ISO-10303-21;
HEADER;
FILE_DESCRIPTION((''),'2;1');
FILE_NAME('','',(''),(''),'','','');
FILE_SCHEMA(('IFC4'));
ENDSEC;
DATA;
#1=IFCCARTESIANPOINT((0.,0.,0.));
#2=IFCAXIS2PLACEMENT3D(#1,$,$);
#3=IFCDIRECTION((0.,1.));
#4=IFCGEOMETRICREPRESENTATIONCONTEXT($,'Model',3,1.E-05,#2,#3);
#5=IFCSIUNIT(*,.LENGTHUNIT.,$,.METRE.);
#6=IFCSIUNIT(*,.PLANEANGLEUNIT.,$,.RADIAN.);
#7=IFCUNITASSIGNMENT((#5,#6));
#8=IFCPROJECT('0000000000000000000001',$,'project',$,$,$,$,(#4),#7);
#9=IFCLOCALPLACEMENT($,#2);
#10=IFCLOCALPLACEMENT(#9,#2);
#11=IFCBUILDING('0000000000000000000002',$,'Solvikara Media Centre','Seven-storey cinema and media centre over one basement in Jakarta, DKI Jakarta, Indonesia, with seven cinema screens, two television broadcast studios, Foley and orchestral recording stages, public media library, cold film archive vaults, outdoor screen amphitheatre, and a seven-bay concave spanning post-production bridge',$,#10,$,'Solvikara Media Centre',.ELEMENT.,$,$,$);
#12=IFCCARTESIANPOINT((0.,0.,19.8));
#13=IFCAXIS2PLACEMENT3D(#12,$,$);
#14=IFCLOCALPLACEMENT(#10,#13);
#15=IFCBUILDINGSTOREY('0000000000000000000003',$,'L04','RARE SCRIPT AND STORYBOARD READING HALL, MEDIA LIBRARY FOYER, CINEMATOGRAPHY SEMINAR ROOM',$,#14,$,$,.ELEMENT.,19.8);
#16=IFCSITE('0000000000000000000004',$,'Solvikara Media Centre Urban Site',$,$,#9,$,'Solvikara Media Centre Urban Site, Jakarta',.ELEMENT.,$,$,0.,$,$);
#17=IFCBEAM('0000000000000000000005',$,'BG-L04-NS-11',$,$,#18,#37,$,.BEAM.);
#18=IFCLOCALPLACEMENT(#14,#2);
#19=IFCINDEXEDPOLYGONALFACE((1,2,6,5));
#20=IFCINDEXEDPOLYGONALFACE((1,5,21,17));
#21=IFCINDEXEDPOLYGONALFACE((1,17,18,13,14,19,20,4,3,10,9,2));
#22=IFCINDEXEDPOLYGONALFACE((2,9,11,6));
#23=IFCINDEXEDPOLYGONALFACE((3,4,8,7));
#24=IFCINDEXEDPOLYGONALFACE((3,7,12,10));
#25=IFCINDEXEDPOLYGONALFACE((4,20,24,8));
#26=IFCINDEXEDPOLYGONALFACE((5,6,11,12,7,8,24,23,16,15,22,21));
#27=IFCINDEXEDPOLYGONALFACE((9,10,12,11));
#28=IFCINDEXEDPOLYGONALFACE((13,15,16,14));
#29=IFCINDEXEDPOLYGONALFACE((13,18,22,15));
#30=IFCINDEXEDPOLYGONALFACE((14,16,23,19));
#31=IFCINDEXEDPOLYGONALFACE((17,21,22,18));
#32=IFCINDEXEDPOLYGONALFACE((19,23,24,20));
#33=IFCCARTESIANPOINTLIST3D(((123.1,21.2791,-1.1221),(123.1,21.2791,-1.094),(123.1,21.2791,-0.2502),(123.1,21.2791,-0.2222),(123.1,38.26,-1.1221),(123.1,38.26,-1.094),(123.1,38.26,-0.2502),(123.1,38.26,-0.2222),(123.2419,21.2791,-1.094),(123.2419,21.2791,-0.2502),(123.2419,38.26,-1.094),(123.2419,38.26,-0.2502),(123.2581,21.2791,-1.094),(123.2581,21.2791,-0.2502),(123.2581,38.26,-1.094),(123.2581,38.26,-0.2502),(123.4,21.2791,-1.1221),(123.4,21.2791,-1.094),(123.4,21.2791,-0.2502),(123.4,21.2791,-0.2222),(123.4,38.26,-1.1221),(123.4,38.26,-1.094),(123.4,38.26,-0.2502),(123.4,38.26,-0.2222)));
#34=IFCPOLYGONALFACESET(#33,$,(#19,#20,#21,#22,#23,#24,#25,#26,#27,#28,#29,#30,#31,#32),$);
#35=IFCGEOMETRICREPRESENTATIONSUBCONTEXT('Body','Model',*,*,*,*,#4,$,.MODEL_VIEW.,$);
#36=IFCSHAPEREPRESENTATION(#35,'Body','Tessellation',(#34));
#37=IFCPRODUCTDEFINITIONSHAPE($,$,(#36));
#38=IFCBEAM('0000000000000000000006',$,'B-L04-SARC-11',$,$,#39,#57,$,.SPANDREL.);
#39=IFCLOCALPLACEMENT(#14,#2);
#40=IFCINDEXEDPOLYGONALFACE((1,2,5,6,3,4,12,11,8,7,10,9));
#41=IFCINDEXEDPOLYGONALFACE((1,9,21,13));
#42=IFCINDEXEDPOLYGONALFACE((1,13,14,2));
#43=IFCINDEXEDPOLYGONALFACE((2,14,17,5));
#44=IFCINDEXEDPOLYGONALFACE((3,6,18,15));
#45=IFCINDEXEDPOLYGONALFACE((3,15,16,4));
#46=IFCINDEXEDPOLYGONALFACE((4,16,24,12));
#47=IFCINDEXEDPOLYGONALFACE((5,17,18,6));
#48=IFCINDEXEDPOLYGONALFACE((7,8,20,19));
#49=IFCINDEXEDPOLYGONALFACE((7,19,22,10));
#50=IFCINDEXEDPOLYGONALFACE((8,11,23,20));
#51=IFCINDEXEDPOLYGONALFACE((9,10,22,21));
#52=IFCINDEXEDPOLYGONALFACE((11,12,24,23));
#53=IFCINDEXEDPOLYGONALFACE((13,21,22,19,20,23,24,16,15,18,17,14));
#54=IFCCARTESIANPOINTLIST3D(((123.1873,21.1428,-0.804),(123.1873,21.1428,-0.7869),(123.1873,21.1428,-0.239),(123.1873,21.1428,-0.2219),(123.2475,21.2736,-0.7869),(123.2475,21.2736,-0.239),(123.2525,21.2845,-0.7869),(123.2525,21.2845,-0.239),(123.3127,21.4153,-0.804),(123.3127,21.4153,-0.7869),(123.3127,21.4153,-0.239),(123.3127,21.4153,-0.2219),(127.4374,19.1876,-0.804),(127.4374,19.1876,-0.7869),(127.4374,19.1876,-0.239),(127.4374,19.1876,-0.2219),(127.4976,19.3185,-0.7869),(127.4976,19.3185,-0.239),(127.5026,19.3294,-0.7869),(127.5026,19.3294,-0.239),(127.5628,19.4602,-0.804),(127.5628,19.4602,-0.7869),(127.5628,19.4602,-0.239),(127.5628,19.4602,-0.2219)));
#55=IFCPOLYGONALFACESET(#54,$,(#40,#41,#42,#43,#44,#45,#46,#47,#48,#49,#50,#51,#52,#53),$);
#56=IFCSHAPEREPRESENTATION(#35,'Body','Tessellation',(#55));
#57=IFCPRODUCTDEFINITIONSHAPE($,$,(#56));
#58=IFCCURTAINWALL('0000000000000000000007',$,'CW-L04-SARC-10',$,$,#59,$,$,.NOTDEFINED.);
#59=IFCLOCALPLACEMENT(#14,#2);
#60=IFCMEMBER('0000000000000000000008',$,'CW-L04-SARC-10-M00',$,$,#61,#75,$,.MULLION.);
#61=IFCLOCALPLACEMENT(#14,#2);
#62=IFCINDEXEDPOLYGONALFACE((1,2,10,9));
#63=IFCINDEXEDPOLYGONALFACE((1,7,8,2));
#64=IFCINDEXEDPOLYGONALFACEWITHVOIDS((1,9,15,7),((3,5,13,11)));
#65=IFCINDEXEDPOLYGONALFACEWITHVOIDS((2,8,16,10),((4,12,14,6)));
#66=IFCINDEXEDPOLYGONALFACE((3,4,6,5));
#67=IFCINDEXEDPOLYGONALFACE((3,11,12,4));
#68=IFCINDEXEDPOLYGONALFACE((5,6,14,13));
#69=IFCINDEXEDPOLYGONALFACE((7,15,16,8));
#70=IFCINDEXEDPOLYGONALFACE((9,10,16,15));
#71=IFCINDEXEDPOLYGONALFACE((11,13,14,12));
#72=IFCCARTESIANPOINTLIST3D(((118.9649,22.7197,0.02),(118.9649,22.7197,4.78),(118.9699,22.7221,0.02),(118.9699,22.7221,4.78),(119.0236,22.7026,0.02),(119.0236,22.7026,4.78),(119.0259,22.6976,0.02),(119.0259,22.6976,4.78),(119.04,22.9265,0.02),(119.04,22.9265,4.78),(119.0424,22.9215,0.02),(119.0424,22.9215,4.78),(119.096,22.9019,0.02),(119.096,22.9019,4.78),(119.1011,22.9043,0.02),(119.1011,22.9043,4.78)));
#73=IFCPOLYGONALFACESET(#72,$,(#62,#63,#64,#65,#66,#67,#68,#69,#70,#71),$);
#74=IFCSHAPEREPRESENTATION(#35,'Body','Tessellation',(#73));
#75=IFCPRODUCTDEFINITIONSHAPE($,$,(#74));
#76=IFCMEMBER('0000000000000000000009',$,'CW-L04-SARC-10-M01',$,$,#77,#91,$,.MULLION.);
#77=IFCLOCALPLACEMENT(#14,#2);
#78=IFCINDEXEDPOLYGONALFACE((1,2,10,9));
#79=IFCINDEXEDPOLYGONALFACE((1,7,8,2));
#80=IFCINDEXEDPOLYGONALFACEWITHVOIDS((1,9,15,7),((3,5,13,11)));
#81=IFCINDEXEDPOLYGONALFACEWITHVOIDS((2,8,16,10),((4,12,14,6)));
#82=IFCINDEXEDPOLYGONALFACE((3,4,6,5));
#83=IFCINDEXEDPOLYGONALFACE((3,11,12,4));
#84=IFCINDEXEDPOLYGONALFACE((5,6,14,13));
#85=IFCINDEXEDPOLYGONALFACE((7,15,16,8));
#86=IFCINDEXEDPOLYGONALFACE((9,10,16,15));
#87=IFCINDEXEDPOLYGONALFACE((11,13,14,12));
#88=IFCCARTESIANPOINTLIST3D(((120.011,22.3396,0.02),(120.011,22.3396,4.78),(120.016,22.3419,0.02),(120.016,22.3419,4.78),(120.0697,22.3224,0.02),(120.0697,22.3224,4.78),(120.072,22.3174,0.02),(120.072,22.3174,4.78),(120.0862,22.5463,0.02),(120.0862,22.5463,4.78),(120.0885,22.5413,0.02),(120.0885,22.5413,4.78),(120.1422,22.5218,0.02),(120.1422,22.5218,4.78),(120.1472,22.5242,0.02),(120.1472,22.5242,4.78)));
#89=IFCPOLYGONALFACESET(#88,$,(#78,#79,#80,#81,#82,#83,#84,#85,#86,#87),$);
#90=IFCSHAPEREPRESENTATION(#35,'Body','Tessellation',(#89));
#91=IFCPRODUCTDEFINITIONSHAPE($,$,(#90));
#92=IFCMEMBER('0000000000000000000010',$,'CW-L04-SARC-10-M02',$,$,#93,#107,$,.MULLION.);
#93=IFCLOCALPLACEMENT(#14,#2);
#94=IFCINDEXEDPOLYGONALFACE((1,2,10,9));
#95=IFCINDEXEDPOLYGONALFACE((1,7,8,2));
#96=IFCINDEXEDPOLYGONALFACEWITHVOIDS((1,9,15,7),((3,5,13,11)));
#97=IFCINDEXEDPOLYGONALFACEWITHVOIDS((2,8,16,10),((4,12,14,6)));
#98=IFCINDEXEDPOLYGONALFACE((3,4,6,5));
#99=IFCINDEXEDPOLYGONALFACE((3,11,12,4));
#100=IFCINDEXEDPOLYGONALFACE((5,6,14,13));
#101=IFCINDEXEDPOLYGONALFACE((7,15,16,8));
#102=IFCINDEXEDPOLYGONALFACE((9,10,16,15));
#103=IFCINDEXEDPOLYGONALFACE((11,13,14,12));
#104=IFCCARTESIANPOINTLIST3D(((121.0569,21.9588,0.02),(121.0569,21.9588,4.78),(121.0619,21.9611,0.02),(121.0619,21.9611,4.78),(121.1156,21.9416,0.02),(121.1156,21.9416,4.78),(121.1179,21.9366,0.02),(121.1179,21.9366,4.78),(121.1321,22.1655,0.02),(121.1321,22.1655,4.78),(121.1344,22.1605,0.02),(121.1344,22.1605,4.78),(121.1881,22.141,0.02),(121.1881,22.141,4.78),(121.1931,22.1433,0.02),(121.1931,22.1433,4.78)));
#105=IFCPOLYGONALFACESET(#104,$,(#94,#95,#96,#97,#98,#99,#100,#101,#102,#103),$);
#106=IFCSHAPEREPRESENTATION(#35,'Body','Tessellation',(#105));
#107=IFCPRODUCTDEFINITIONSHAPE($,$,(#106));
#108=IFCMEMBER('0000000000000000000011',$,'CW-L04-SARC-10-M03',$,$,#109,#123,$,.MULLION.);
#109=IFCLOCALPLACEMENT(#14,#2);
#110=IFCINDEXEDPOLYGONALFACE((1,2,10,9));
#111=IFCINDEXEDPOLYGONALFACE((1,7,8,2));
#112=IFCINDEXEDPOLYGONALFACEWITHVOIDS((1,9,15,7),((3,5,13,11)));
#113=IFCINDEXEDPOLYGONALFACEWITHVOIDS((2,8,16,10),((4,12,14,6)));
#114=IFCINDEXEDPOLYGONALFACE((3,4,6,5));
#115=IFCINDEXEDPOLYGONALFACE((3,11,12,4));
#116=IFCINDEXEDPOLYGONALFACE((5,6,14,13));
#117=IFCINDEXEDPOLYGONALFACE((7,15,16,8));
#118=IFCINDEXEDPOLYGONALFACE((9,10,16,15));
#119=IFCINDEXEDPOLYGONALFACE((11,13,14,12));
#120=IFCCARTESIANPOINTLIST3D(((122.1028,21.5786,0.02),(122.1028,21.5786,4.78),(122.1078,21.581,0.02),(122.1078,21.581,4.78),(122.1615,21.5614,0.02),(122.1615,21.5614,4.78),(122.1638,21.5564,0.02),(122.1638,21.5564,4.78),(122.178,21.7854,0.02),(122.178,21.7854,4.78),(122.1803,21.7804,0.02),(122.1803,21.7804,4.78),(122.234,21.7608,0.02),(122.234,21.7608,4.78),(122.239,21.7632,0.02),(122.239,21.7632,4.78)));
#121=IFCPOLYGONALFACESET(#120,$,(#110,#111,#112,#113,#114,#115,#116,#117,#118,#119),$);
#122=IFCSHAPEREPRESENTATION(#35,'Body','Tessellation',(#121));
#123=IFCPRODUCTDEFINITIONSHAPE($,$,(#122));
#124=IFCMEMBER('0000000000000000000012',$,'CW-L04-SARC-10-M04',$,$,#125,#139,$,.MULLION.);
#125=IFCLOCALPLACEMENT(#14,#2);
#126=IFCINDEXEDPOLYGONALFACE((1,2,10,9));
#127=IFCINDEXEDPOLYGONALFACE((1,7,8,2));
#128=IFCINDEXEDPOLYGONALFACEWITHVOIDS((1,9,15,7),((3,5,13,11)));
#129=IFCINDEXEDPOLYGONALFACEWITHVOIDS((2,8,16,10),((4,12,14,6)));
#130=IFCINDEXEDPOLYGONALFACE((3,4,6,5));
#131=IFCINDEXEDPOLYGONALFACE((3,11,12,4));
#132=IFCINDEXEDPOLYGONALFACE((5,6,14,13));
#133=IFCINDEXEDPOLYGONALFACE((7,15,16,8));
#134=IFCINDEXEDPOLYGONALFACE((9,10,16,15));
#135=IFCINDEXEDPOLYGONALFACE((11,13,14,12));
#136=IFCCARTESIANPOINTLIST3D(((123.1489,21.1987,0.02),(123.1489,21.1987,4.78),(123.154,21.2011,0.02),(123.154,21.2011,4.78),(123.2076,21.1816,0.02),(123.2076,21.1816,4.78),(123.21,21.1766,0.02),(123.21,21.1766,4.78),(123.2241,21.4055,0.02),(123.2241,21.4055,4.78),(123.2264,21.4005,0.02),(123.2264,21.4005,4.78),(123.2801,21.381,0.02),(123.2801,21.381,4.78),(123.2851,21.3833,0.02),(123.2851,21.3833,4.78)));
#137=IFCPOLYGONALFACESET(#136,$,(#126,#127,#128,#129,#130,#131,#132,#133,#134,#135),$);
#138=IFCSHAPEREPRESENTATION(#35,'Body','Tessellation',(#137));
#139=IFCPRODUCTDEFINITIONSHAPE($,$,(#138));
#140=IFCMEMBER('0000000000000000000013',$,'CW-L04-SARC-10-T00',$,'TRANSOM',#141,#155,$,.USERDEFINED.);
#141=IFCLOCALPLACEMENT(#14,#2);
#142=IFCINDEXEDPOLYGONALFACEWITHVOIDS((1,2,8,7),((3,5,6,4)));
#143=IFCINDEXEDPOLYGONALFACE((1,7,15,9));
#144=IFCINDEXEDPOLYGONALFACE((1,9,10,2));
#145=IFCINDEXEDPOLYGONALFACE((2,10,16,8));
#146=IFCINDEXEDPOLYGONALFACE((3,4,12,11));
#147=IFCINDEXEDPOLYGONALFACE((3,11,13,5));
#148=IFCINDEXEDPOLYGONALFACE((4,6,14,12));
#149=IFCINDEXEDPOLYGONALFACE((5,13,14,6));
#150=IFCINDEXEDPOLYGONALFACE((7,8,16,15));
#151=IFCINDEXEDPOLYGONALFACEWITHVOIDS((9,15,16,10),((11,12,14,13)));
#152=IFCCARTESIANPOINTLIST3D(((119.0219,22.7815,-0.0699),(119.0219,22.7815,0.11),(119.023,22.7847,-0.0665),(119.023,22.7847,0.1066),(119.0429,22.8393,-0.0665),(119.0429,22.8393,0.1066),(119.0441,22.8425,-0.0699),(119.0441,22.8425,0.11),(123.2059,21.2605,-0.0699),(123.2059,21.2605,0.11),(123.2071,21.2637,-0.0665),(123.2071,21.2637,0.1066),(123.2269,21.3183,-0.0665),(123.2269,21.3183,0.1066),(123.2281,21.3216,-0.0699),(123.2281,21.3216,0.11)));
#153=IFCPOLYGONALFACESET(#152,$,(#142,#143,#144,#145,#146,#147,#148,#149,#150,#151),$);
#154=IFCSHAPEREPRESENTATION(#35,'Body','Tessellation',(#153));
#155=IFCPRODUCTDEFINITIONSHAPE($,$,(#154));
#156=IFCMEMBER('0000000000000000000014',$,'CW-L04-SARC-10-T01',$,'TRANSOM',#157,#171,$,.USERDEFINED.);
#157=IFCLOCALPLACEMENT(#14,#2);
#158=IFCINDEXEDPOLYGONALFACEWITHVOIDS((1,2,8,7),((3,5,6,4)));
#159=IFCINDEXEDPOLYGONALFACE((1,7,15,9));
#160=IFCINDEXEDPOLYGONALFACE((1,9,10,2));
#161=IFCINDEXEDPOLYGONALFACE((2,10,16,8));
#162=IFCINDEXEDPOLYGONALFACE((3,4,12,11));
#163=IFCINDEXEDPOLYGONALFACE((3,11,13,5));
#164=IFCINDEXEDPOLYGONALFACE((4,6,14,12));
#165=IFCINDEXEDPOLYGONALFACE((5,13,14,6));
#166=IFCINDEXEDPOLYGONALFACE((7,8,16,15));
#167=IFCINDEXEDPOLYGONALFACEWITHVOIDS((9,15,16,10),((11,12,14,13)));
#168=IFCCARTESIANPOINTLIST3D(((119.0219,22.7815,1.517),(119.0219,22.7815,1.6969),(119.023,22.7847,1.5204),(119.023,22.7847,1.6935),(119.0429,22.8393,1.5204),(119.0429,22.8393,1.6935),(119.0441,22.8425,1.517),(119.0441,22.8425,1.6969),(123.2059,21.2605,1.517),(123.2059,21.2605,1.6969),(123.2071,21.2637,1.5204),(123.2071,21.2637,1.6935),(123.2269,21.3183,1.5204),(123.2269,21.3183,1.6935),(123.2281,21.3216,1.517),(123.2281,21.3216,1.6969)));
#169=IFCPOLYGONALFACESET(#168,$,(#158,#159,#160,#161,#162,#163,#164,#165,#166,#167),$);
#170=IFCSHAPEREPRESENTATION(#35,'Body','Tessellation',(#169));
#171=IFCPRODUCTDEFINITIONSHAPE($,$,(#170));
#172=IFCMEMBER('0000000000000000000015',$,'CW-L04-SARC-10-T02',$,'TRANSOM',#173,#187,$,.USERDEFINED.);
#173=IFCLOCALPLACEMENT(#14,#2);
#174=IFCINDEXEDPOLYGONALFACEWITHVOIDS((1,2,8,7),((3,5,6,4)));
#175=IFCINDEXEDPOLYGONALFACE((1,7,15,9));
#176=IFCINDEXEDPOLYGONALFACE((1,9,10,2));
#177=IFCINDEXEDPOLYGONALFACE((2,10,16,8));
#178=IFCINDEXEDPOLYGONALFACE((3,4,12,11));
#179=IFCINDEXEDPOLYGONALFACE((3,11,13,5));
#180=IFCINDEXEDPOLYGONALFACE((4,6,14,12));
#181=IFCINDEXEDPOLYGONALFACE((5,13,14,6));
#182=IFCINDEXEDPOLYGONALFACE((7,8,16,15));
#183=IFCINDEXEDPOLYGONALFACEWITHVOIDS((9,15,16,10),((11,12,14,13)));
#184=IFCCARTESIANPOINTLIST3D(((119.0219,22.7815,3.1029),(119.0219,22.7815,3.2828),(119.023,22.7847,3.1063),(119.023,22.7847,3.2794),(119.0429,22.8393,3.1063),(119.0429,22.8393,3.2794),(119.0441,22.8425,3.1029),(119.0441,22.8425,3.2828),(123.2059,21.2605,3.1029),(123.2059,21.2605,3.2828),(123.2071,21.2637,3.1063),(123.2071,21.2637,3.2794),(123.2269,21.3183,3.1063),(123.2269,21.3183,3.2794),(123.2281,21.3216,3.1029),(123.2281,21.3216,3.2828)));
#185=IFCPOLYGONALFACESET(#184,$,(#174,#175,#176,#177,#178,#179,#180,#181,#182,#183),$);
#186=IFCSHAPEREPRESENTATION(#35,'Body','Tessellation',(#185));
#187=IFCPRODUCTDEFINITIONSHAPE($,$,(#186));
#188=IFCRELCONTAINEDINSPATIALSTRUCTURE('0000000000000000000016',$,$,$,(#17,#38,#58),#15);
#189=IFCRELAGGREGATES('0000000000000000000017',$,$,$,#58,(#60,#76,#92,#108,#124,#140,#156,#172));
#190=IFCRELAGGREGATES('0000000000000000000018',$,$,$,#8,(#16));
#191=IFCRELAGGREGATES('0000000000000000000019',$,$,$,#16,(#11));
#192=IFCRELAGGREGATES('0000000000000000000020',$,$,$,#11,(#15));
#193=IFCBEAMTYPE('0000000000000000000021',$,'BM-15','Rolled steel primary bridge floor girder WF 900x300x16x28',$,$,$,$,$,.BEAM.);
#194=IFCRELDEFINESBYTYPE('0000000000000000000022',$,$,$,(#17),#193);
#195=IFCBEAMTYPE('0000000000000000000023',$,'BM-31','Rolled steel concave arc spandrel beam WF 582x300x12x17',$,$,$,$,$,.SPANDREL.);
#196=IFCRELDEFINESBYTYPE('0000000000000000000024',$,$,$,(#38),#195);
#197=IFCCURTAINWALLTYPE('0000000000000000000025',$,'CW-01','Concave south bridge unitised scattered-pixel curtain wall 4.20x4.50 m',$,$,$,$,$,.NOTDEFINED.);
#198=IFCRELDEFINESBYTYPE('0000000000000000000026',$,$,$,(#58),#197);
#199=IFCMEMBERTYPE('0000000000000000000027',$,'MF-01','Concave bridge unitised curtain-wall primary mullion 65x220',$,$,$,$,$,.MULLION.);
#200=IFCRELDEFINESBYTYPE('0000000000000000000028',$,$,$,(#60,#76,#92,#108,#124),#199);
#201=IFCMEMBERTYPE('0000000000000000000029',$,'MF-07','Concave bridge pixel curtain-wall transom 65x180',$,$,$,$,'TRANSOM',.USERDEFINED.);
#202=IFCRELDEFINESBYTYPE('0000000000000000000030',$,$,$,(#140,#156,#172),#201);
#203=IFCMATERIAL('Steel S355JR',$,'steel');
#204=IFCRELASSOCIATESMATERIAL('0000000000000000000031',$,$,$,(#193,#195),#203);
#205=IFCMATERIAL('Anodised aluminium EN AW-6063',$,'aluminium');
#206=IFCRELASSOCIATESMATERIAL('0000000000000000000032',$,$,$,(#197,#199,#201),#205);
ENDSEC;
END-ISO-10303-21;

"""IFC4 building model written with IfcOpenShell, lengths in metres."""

from ifc_helpers import new_model, si_unit, direction, frame, origin, origin_2d, place, context, subcontext, project, spatial, hollow_rectangle, i_section, extrude, material, material_profile, profile_set, type_object, element, aggregate, save


model = new_model("IFC4")

# Units and contexts
model_context = context("Model", 3, precision=1e-05, world=origin(), true_north=direction((0.0, 1.0)))
body_context = subcontext(model_context, "Body", "Model", "MODEL_VIEW")
ifc_project = project(units=[si_unit("LENGTHUNIT", "METRE"), si_unit("PLANEANGLEUNIT", "RADIAN")], contexts=[model_context])

# Site, building, storey
site_placement = place(None, origin())
site = spatial("IfcSite", under=ifc_project, at=site_placement, Name="Solvikara Media Centre Urban Site", LongName="Solvikara Media Centre Urban Site, Jakarta", CompositionType="ELEMENT", RefElevation=0.0)
building_placement = place(site_placement, origin())
building = spatial("IfcBuilding", under=site, at=building_placement, Name="Solvikara Media Centre", Description="Seven-storey cinema and media centre over one basement in Jakarta, DKI Jakarta, Indonesia, with seven cinema screens, two television broadcast studios, Foley and orchestral recording stages, public media library, cold film archive vaults, outdoor screen amphitheatre, and a seven-bay concave spanning post-production bridge", LongName="Solvikara Media Centre", CompositionType="ELEMENT")
storey_placement = place(building_placement, frame((0.0, 0.0, 19.8)))
storey = spatial("IfcBuildingStorey", under=building, at=storey_placement, Name="L04", Description="RARE SCRIPT AND STORYBOARD READING HALL, MEDIA LIBRARY FOYER, CINEMATOGRAPHY SEMINAR ROOM", CompositionType="ELEMENT", Elevation=19.8)

# Beams
ifc_material_1 = material(Name="Steel S355JR", Category="steel")
ifc_material_profile_1 = material_profile(ifc_material_1, i_section(OverallWidth=0.3, OverallDepth=0.8999, WebThickness=0.0161, FlangeThickness=0.0281, at=origin_2d()), Name="WF 900x300x16x28")
ifc_profile_set_1 = profile_set([ifc_material_profile_1], Name="Steel S355JR")
beam_type_1 = type_object("IfcBeamType", Name="BM-15", Description="Rolled steel primary bridge floor girder WF 900x300x16x28", PredefinedType="BEAM", material=ifc_profile_set_1)
beam_1_placement = place(storey_placement, frame((123.25, 21.2791, -0.6721), z_axis=(0.0, 1.0, 0.0), x_axis=(-1.0, 0.0, 0.0)))
element("IfcBeam", 1, at=beam_1_placement, inside=storey, type_object=beam_type_1, Name="BG-L04-NS-11", PredefinedType="BEAM", context=body_context, shape_type="SweptSolid", body=[
    extrude(i_section(OverallWidth=0.3, OverallDepth=0.8999, WebThickness=0.0161, FlangeThickness=0.0281, at=origin_2d()), origin(), (0.0, 0.0, 1.0), 16.981),
])
ifc_material_profile_2 = material_profile(ifc_material_1, i_section(OverallWidth=0.3, OverallDepth=0.582, WebThickness=0.012, FlangeThickness=0.0171, at=origin_2d()), Name="WF 582x300x12x17")
ifc_profile_set_2 = profile_set([ifc_material_profile_2], Name="Steel S355JR")
beam_type_2 = type_object("IfcBeamType", Name="BM-31", Description="Rolled steel concave arc spandrel beam WF 582x300x12x17", PredefinedType="SPANDREL", material=ifc_profile_set_2)
beam_2_placement = place(storey_placement, frame((123.25, 21.2791, -0.5129), z_axis=(0.908484, -0.417919, 0.0), x_axis=(0.417919, 0.908484, 0.0)))
element("IfcBeam", 2, at=beam_2_placement, inside=storey, type_object=beam_type_2, Name="B-L04-SARC-11", PredefinedType="SPANDREL", context=body_context, shape_type="SweptSolid", body=[
    extrude(i_section(OverallWidth=0.3, OverallDepth=0.582, WebThickness=0.012, FlangeThickness=0.0171, at=origin_2d()), origin(), (0.0, 0.0, 1.0), 4.6782),
])

# Curtain wall, members
ifc_material_2 = material(Name="Anodised aluminium EN AW-6063", Category="aluminium")
curtain_wall_type = type_object("IfcCurtainWallType", Name="CW-01", Description="Concave south bridge unitised scattered-pixel curtain wall 4.20x4.50 m", PredefinedType="NOTDEFINED", material=ifc_material_2)
curtain_wall_placement = place(storey_placement, origin())
curtain_wall = element("IfcCurtainWall", 3, at=curtain_wall_placement, inside=storey, type_object=curtain_wall_type, Name="CW-L04-SARC-10", PredefinedType="NOTDEFINED")
ifc_material_profile_3 = material_profile(ifc_material_2, hollow_rectangle(XDim=0.0649, YDim=0.22, WallThickness=0.0039, at=origin_2d()), Name="ALU-M 65x220x4")
ifc_profile_set_3 = profile_set([ifc_material_profile_3], Name="Anodised aluminium EN AW-6063")
member_type_1 = type_object("IfcMemberType", Name="MF-01", Description="Concave bridge unitised curtain-wall primary mullion 65x220", PredefinedType="MULLION", material=ifc_profile_set_3)
member_1_placement = place(storey_placement, frame((119.033, 22.812, 0.02), z_axis=(0.0, 0.0, 1.0), x_axis=(0.939824, -0.341659, 0.0)))
member_1 = element("IfcMember", 4, at=member_1_placement, type_object=member_type_1, Name="CW-L04-SARC-10-M00", PredefinedType="MULLION", context=body_context, shape_type="SweptSolid", body=[
    extrude(hollow_rectangle(XDim=0.0649, YDim=0.22, WallThickness=0.0039, at=origin_2d()), origin(), (0.0, 0.0, 1.0), 4.76),
])
member_2_placement = place(storey_placement, frame((120.0791, 22.4319, 0.02), z_axis=(0.0, 0.0, 1.0), x_axis=(0.939824, -0.341659, 0.0)))
member_2 = element("IfcMember", 5, at=member_2_placement, type_object=member_type_1, Name="CW-L04-SARC-10-M01", PredefinedType="MULLION", context=body_context, shape_type="SweptSolid", body=[
    extrude(hollow_rectangle(XDim=0.0649, YDim=0.22, WallThickness=0.0039, at=origin_2d()), origin(), (0.0, 0.0, 1.0), 4.76),
])
member_3_placement = place(storey_placement, frame((121.125, 22.051, 0.02), z_axis=(0.0, 0.0, 1.0), x_axis=(0.939824, -0.341659, 0.0)))
member_3 = element("IfcMember", 6, at=member_3_placement, type_object=member_type_1, Name="CW-L04-SARC-10-M02", PredefinedType="MULLION", context=body_context, shape_type="SweptSolid", body=[
    extrude(hollow_rectangle(XDim=0.0649, YDim=0.22, WallThickness=0.0039, at=origin_2d()), origin(), (0.0, 0.0, 1.0), 4.76),
])
member_4_placement = place(storey_placement, frame((122.1709, 21.6709, 0.02), z_axis=(0.0, 0.0, 1.0), x_axis=(0.939824, -0.341659, 0.0)))
member_4 = element("IfcMember", 7, at=member_4_placement, type_object=member_type_1, Name="CW-L04-SARC-10-M03", PredefinedType="MULLION", context=body_context, shape_type="SweptSolid", body=[
    extrude(hollow_rectangle(XDim=0.0649, YDim=0.22, WallThickness=0.0039, at=origin_2d()), origin(), (0.0, 0.0, 1.0), 4.76),
])
member_5_placement = place(storey_placement, frame((123.217, 21.291, 0.02), z_axis=(0.0, 0.0, 1.0), x_axis=(0.939824, -0.341659, 0.0)))
member_5 = element("IfcMember", 8, at=member_5_placement, type_object=member_type_1, Name="CW-L04-SARC-10-M04", PredefinedType="MULLION", context=body_context, shape_type="SweptSolid", body=[
    extrude(hollow_rectangle(XDim=0.0649, YDim=0.22, WallThickness=0.0039, at=origin_2d()), origin(), (0.0, 0.0, 1.0), 4.76),
])
ifc_material_profile_4 = material_profile(ifc_material_2, hollow_rectangle(XDim=0.0649, YDim=0.1799, WallThickness=0.0034, at=origin_2d()), Name="ALU-T 65x180x3.5")
ifc_profile_set_4 = profile_set([ifc_material_profile_4], Name="Anodised aluminium EN AW-6063")
member_type_2 = type_object("IfcMemberType", Name="MF-07", Description="Concave bridge pixel curtain-wall transom 65x180", ElementType="TRANSOM", PredefinedType="USERDEFINED", material=ifc_profile_set_4)
member_6_placement = place(storey_placement, frame((119.033, 22.812, 0.02), z_axis=(0.939829, -0.341646, 0.0), x_axis=(0.341646, 0.939829, 0.0)))
member_6 = element("IfcMember", 9, at=member_6_placement, type_object=member_type_2, Name="CW-L04-SARC-10-T00", ObjectType="TRANSOM", PredefinedType="USERDEFINED", context=body_context, shape_type="SweptSolid", body=[
    extrude(hollow_rectangle(XDim=0.0649, YDim=0.1799, WallThickness=0.0034, at=origin_2d()), origin(), (0.0, 0.0, 1.0), 4.4519),
])
member_7_placement = place(storey_placement, frame((119.033, 22.812, 1.6069), z_axis=(0.939829, -0.341646, 0.0), x_axis=(0.341646, 0.939829, 0.0)))
member_7 = element("IfcMember", 10, at=member_7_placement, type_object=member_type_2, Name="CW-L04-SARC-10-T01", ObjectType="TRANSOM", PredefinedType="USERDEFINED", context=body_context, shape_type="SweptSolid", body=[
    extrude(hollow_rectangle(XDim=0.0649, YDim=0.1799, WallThickness=0.0034, at=origin_2d()), origin(), (0.0, 0.0, 1.0), 4.4519),
])
member_8_placement = place(storey_placement, frame((119.033, 22.812, 3.1929), z_axis=(0.939829, -0.341646, 0.0), x_axis=(0.341646, 0.939829, 0.0)))
member_8 = element("IfcMember", 11, at=member_8_placement, type_object=member_type_2, Name="CW-L04-SARC-10-T02", ObjectType="TRANSOM", PredefinedType="USERDEFINED", context=body_context, shape_type="SweptSolid", body=[
    extrude(hollow_rectangle(XDim=0.0649, YDim=0.1799, WallThickness=0.0034, at=origin_2d()), origin(), (0.0, 0.0, 1.0), 4.4519),
])
aggregate(curtain_wall, [member_1, member_2, member_3, member_4, member_5, member_6, member_7, member_8])

save(model, "model.ifc")
